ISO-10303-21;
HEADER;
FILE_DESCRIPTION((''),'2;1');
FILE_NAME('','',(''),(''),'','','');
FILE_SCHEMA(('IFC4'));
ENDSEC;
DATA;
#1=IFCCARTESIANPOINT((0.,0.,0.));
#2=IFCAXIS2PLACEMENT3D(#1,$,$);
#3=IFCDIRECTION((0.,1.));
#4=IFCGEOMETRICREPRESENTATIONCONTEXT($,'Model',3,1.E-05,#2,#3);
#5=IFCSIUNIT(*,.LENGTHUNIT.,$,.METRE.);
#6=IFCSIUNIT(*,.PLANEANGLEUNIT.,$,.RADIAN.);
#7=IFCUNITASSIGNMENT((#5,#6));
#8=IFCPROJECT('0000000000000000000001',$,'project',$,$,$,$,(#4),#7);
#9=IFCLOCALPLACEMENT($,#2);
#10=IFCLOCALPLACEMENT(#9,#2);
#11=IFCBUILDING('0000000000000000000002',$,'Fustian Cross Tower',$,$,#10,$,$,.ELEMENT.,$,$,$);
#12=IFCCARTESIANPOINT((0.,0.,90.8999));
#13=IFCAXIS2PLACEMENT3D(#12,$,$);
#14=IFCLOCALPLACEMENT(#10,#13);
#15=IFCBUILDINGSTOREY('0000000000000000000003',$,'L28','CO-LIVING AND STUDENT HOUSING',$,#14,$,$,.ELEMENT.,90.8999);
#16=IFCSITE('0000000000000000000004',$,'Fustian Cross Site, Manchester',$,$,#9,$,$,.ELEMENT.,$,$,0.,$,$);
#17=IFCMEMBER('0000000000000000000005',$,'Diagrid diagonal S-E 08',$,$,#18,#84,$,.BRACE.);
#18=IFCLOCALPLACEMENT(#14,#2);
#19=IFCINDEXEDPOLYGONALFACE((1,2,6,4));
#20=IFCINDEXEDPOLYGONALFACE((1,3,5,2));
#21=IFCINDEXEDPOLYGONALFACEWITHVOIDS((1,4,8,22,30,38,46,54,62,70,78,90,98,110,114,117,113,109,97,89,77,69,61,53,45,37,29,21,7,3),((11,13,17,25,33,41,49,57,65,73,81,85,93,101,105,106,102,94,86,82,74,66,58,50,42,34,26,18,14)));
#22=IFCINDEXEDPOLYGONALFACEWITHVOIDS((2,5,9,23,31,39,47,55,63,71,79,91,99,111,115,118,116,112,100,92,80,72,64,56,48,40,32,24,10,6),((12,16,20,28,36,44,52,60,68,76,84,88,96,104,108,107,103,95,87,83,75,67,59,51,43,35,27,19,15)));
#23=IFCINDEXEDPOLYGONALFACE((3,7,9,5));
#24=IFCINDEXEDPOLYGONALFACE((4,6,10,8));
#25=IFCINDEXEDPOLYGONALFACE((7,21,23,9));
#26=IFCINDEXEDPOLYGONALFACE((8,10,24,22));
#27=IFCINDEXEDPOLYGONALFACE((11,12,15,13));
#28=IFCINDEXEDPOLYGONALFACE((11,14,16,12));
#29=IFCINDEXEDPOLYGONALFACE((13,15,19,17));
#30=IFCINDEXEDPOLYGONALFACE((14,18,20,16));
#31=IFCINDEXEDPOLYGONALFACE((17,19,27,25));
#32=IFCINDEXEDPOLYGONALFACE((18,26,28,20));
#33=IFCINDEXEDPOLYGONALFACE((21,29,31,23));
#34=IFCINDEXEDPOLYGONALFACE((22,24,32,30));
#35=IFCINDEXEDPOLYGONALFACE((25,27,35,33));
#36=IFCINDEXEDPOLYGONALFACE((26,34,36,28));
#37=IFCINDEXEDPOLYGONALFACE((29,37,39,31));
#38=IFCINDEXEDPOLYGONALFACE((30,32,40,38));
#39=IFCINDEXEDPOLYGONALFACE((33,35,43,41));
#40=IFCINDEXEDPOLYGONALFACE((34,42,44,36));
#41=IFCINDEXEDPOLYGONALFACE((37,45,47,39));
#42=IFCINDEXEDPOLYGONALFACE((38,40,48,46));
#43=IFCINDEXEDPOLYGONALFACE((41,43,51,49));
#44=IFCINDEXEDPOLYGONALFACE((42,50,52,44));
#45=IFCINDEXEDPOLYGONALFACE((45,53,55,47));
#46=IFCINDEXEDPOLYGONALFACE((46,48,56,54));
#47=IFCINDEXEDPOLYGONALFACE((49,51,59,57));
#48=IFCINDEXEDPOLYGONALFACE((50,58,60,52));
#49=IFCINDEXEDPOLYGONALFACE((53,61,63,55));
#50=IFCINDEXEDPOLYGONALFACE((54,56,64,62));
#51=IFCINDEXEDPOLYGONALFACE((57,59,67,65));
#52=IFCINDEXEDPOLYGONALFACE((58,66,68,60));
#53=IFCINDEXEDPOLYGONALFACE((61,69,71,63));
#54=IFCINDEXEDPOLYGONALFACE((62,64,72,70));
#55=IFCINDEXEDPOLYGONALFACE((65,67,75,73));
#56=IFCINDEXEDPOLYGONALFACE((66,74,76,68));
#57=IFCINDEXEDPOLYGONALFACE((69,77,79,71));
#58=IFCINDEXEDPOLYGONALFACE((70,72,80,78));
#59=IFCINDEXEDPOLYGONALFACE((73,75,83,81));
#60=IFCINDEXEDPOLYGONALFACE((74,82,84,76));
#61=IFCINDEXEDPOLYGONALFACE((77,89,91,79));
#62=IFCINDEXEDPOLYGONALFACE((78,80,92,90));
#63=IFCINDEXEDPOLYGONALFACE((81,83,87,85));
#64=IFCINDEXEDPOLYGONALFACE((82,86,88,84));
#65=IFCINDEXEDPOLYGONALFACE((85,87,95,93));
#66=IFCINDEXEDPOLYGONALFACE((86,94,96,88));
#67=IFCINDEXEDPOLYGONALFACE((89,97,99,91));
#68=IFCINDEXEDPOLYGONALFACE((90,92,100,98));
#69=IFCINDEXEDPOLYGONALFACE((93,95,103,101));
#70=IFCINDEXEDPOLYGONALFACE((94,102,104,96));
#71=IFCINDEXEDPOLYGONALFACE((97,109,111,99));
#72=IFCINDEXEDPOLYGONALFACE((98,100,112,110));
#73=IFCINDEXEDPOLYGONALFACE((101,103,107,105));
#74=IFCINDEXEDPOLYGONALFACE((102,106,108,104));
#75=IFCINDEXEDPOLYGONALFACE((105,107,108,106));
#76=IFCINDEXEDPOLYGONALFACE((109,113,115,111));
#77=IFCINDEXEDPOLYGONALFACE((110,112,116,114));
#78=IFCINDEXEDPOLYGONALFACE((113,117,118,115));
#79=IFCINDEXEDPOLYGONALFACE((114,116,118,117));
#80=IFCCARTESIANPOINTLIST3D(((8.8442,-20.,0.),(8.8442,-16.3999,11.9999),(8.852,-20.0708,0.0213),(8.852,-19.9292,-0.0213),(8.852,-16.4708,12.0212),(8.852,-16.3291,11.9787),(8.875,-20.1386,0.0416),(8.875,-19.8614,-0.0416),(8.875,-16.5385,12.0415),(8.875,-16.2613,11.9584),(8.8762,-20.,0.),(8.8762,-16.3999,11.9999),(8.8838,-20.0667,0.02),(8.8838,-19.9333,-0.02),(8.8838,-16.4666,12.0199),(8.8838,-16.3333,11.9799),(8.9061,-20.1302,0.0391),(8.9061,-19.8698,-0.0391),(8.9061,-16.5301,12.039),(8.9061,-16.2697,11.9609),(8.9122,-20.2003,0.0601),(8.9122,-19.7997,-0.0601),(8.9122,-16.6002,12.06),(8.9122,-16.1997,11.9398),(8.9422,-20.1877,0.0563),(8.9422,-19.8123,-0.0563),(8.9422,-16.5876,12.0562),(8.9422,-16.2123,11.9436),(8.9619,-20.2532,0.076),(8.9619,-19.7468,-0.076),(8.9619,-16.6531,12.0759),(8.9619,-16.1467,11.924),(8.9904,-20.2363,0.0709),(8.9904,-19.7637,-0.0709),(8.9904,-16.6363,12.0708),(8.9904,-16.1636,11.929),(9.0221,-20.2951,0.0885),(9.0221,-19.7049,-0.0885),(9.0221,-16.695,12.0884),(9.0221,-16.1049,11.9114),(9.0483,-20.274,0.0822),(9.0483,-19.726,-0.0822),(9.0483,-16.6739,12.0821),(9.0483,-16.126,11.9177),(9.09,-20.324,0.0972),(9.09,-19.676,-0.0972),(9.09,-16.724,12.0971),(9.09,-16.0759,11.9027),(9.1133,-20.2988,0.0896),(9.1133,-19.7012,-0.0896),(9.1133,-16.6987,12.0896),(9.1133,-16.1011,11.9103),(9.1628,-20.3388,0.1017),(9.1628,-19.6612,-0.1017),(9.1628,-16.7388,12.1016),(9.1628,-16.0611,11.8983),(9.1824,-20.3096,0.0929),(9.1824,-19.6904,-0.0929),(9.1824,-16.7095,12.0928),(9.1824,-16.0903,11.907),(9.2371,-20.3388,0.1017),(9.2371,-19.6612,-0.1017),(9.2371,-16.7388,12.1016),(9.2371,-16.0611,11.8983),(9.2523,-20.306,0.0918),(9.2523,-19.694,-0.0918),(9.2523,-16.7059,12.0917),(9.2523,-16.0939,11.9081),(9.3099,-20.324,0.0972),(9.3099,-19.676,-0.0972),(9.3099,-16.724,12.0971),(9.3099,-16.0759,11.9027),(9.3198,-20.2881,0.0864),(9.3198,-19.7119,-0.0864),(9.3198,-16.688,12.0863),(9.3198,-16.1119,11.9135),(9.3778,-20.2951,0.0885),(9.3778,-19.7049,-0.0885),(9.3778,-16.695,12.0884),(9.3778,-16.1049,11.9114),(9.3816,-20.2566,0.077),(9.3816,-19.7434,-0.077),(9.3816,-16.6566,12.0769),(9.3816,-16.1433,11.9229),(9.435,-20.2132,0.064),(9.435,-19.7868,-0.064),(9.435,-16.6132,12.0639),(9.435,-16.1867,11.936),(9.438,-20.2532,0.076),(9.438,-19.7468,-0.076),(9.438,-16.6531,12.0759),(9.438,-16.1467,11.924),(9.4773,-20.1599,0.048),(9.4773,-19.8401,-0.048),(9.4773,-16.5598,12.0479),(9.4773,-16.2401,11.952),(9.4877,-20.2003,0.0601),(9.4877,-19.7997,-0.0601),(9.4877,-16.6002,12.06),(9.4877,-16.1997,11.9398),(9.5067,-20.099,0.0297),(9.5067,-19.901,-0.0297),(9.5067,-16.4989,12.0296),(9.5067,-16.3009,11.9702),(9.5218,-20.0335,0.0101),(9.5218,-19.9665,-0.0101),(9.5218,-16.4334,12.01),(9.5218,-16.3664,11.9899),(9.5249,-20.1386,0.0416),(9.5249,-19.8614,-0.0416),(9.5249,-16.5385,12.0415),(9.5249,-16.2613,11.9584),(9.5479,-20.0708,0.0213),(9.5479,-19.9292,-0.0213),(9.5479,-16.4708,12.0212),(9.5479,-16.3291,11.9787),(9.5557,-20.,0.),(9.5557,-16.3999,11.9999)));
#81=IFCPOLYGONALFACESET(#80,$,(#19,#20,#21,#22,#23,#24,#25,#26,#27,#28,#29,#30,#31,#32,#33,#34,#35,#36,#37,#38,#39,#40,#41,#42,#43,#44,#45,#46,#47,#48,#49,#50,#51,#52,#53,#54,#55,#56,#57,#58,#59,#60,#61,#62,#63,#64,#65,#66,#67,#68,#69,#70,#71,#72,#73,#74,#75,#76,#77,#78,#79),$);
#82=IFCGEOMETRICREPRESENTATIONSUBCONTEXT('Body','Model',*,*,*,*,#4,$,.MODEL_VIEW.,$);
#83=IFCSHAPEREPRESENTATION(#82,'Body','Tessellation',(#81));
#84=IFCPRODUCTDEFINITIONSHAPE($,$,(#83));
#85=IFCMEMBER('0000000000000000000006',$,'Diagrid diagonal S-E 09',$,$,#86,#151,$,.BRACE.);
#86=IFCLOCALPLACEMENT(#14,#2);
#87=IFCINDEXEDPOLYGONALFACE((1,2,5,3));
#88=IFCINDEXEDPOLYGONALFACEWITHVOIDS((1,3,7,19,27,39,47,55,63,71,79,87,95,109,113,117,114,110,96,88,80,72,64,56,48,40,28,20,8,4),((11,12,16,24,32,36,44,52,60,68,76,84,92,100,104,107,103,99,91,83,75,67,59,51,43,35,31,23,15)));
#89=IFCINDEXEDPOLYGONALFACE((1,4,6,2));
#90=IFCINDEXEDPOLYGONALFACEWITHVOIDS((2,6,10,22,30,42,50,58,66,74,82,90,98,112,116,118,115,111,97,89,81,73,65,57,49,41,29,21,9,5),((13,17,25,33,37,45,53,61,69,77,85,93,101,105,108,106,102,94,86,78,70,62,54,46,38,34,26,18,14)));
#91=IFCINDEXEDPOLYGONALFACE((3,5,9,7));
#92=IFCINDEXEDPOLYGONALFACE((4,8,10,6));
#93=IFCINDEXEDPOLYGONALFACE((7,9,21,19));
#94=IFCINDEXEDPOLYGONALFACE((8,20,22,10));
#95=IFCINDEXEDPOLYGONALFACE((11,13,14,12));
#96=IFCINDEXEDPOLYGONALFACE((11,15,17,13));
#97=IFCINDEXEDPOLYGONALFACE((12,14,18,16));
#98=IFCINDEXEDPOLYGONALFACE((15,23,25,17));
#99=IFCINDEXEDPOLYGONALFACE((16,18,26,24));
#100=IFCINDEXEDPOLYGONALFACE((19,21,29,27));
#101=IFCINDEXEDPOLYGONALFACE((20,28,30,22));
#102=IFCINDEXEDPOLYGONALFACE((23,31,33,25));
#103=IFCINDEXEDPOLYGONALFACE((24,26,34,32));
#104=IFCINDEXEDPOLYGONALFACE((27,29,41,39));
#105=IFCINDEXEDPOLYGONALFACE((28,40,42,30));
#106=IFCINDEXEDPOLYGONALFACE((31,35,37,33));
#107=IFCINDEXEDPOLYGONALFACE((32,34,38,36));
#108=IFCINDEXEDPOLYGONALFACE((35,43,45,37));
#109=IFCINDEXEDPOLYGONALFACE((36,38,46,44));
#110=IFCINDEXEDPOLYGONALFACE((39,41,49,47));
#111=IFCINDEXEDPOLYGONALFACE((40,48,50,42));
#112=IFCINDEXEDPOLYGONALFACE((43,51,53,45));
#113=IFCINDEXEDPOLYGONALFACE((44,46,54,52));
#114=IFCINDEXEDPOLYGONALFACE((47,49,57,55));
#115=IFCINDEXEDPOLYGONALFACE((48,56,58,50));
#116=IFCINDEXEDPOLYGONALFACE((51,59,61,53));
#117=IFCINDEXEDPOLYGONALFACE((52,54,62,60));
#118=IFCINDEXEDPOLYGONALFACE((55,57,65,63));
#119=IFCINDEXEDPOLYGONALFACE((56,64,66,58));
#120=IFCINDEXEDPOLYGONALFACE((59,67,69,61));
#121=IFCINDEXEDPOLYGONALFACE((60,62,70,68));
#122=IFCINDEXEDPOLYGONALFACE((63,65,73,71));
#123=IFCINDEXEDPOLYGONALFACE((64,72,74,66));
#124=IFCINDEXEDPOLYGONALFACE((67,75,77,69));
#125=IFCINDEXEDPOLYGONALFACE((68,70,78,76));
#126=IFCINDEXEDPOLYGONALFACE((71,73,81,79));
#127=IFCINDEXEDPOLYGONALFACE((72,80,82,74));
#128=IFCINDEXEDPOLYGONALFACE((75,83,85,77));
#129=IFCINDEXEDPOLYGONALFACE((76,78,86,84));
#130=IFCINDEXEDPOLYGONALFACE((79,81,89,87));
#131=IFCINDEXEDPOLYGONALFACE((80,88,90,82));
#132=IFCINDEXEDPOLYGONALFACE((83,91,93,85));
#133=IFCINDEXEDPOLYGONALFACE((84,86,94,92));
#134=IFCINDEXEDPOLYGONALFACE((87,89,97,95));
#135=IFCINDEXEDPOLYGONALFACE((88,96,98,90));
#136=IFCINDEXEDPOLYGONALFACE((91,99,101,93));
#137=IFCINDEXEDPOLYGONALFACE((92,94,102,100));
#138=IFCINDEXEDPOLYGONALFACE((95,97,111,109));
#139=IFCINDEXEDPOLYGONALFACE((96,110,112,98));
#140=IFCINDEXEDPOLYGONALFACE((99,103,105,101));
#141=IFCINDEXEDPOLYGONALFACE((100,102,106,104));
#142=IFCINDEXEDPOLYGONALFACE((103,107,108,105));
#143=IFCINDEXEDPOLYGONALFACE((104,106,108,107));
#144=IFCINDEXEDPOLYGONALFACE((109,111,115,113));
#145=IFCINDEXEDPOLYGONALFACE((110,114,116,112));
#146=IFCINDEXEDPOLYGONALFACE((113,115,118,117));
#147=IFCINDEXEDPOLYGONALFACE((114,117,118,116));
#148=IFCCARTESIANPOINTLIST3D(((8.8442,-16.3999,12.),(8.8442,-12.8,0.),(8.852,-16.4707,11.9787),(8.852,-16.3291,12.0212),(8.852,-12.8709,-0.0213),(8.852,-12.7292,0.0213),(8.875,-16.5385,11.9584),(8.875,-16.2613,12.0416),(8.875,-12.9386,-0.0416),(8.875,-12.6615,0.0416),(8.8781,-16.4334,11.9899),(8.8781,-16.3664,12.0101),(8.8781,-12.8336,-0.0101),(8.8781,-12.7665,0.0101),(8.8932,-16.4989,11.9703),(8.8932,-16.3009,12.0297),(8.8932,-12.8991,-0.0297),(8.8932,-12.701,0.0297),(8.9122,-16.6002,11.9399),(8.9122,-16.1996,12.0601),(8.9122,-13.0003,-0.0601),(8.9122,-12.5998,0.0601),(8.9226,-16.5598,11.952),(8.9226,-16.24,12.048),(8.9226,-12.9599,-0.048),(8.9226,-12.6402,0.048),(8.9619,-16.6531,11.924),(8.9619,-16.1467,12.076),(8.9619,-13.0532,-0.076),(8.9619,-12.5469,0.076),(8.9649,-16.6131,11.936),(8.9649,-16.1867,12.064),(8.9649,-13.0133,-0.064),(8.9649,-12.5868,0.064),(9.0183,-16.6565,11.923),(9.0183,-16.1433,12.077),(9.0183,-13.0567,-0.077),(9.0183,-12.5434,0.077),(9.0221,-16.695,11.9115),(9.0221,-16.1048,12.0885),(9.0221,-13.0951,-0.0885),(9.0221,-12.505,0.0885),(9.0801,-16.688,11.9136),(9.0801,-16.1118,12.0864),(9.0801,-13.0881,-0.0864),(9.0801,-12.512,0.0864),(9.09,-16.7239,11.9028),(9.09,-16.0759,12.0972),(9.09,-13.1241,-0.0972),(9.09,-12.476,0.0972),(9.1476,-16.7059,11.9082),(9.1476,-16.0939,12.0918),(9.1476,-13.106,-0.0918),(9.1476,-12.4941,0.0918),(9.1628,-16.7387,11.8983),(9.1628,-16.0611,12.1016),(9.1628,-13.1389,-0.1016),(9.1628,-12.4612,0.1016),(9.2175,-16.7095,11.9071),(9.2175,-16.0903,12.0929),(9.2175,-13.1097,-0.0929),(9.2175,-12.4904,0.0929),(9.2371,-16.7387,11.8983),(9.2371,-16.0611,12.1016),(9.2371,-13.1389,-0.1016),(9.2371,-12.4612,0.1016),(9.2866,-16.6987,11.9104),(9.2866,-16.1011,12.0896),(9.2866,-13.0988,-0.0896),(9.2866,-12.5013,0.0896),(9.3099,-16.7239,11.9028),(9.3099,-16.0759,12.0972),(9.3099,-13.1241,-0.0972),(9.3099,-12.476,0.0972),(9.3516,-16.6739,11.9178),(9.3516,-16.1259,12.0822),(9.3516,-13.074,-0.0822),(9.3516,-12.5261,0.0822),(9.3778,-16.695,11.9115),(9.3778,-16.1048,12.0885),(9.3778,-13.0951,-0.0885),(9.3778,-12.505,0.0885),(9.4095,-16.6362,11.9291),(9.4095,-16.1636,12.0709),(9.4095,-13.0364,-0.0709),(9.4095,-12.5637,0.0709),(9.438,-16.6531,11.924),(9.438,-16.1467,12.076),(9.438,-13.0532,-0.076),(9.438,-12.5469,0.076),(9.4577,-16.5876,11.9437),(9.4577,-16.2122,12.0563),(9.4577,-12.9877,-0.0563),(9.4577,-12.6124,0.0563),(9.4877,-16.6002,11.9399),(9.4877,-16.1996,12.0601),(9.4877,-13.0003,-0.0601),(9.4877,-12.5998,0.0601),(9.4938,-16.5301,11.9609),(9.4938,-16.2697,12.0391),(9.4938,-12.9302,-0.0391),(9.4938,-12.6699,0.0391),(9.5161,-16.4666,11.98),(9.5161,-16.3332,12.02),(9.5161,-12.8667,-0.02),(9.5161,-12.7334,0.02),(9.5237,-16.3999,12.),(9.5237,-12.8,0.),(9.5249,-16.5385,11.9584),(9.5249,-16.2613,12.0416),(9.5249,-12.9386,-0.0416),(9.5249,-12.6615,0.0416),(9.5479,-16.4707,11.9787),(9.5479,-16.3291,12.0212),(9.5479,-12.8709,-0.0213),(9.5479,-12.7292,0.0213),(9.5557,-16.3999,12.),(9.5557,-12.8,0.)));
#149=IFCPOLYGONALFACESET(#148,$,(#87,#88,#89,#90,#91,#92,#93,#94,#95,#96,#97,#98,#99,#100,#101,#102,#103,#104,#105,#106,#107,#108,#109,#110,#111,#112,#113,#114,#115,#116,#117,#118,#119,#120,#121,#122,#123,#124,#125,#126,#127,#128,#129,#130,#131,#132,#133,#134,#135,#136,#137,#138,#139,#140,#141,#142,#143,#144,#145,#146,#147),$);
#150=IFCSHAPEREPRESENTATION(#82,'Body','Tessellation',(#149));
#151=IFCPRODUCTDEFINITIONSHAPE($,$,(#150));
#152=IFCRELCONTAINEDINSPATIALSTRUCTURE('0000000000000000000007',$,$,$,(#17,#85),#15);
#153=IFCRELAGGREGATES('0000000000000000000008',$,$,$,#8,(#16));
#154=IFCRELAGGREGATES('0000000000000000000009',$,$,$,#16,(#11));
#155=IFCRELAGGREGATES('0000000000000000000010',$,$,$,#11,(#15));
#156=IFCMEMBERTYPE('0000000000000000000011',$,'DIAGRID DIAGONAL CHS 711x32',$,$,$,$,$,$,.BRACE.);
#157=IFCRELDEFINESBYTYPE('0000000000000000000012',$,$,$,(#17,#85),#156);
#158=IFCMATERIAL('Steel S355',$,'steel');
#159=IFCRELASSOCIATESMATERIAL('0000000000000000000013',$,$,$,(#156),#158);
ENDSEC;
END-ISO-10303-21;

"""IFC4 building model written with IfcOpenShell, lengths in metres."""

from ifc_helpers import new_model, si_unit, direction, frame, origin, origin_2d, place, context, subcontext, project, spatial, hollow_circle, extrude, material, material_profile, profile_set, type_object, element, save


model = new_model("IFC4")

# Units and contexts
model_context = context("Model", 3, precision=1e-05, world=origin(), true_north=direction((0.0, 1.0)))
body_context = subcontext(model_context, "Body", "Model", "MODEL_VIEW")
ifc_project = project(units=[si_unit("LENGTHUNIT", "METRE"), si_unit("PLANEANGLEUNIT", "RADIAN")], contexts=[model_context])

# Site, building, storey
site_placement = place(None, origin())
site = spatial("IfcSite", under=ifc_project, at=site_placement, Name="Fustian Cross Site, Manchester", CompositionType="ELEMENT", RefElevation=0.0)
building_placement = place(site_placement, origin())
building = spatial("IfcBuilding", under=site, at=building_placement, Name="Fustian Cross Tower", CompositionType="ELEMENT")
storey_placement = place(building_placement, frame((0.0, 0.0, 90.8999)))
storey = spatial("IfcBuildingStorey", under=building, at=storey_placement, Name="L28", Description="CO-LIVING AND STUDENT HOUSING", CompositionType="ELEMENT", Elevation=90.8999)

# Members
ifc_material_1 = material(Name="Steel S355", Category="steel")
ifc_material_profile_1 = material_profile(ifc_material_1, hollow_circle(Radius=0.3557, WallThickness=0.032, at=origin_2d()), Name="CHS 711x32")
ifc_profile_set_1 = profile_set([ifc_material_profile_1], Name="Steel S355")
member_type_1 = type_object("IfcMemberType", Name="DIAGRID DIAGONAL CHS 711x32", PredefinedType="BRACE", material=ifc_profile_set_1)
for number, where, z_axis, x_axis, name in (
    (1, (9.2, -20.0, 0.0), (0.0, 0.287355, 0.957824), (-1.0, 0.0, 0.0), "Diagrid diagonal S-E 08"),
    (2, (9.2, -12.8, 0.0), (0.0, -0.287337, 0.95783), (1.0, 0.0, 0.0), "Diagrid diagonal S-E 09"),
):
    element("IfcMember", number, at=place(storey_placement, frame(where, z_axis=z_axis, x_axis=x_axis)), inside=storey, type_object=member_type_1, Name=name, PredefinedType="BRACE", context=body_context, shape_type="SweptSolid", body=[
        extrude(hollow_circle(Radius=0.3557, WallThickness=0.032, at=origin_2d()), origin(), (0.0, 0.0, 1.0), 12.5283),
    ])

save(model, "model.ifc")
